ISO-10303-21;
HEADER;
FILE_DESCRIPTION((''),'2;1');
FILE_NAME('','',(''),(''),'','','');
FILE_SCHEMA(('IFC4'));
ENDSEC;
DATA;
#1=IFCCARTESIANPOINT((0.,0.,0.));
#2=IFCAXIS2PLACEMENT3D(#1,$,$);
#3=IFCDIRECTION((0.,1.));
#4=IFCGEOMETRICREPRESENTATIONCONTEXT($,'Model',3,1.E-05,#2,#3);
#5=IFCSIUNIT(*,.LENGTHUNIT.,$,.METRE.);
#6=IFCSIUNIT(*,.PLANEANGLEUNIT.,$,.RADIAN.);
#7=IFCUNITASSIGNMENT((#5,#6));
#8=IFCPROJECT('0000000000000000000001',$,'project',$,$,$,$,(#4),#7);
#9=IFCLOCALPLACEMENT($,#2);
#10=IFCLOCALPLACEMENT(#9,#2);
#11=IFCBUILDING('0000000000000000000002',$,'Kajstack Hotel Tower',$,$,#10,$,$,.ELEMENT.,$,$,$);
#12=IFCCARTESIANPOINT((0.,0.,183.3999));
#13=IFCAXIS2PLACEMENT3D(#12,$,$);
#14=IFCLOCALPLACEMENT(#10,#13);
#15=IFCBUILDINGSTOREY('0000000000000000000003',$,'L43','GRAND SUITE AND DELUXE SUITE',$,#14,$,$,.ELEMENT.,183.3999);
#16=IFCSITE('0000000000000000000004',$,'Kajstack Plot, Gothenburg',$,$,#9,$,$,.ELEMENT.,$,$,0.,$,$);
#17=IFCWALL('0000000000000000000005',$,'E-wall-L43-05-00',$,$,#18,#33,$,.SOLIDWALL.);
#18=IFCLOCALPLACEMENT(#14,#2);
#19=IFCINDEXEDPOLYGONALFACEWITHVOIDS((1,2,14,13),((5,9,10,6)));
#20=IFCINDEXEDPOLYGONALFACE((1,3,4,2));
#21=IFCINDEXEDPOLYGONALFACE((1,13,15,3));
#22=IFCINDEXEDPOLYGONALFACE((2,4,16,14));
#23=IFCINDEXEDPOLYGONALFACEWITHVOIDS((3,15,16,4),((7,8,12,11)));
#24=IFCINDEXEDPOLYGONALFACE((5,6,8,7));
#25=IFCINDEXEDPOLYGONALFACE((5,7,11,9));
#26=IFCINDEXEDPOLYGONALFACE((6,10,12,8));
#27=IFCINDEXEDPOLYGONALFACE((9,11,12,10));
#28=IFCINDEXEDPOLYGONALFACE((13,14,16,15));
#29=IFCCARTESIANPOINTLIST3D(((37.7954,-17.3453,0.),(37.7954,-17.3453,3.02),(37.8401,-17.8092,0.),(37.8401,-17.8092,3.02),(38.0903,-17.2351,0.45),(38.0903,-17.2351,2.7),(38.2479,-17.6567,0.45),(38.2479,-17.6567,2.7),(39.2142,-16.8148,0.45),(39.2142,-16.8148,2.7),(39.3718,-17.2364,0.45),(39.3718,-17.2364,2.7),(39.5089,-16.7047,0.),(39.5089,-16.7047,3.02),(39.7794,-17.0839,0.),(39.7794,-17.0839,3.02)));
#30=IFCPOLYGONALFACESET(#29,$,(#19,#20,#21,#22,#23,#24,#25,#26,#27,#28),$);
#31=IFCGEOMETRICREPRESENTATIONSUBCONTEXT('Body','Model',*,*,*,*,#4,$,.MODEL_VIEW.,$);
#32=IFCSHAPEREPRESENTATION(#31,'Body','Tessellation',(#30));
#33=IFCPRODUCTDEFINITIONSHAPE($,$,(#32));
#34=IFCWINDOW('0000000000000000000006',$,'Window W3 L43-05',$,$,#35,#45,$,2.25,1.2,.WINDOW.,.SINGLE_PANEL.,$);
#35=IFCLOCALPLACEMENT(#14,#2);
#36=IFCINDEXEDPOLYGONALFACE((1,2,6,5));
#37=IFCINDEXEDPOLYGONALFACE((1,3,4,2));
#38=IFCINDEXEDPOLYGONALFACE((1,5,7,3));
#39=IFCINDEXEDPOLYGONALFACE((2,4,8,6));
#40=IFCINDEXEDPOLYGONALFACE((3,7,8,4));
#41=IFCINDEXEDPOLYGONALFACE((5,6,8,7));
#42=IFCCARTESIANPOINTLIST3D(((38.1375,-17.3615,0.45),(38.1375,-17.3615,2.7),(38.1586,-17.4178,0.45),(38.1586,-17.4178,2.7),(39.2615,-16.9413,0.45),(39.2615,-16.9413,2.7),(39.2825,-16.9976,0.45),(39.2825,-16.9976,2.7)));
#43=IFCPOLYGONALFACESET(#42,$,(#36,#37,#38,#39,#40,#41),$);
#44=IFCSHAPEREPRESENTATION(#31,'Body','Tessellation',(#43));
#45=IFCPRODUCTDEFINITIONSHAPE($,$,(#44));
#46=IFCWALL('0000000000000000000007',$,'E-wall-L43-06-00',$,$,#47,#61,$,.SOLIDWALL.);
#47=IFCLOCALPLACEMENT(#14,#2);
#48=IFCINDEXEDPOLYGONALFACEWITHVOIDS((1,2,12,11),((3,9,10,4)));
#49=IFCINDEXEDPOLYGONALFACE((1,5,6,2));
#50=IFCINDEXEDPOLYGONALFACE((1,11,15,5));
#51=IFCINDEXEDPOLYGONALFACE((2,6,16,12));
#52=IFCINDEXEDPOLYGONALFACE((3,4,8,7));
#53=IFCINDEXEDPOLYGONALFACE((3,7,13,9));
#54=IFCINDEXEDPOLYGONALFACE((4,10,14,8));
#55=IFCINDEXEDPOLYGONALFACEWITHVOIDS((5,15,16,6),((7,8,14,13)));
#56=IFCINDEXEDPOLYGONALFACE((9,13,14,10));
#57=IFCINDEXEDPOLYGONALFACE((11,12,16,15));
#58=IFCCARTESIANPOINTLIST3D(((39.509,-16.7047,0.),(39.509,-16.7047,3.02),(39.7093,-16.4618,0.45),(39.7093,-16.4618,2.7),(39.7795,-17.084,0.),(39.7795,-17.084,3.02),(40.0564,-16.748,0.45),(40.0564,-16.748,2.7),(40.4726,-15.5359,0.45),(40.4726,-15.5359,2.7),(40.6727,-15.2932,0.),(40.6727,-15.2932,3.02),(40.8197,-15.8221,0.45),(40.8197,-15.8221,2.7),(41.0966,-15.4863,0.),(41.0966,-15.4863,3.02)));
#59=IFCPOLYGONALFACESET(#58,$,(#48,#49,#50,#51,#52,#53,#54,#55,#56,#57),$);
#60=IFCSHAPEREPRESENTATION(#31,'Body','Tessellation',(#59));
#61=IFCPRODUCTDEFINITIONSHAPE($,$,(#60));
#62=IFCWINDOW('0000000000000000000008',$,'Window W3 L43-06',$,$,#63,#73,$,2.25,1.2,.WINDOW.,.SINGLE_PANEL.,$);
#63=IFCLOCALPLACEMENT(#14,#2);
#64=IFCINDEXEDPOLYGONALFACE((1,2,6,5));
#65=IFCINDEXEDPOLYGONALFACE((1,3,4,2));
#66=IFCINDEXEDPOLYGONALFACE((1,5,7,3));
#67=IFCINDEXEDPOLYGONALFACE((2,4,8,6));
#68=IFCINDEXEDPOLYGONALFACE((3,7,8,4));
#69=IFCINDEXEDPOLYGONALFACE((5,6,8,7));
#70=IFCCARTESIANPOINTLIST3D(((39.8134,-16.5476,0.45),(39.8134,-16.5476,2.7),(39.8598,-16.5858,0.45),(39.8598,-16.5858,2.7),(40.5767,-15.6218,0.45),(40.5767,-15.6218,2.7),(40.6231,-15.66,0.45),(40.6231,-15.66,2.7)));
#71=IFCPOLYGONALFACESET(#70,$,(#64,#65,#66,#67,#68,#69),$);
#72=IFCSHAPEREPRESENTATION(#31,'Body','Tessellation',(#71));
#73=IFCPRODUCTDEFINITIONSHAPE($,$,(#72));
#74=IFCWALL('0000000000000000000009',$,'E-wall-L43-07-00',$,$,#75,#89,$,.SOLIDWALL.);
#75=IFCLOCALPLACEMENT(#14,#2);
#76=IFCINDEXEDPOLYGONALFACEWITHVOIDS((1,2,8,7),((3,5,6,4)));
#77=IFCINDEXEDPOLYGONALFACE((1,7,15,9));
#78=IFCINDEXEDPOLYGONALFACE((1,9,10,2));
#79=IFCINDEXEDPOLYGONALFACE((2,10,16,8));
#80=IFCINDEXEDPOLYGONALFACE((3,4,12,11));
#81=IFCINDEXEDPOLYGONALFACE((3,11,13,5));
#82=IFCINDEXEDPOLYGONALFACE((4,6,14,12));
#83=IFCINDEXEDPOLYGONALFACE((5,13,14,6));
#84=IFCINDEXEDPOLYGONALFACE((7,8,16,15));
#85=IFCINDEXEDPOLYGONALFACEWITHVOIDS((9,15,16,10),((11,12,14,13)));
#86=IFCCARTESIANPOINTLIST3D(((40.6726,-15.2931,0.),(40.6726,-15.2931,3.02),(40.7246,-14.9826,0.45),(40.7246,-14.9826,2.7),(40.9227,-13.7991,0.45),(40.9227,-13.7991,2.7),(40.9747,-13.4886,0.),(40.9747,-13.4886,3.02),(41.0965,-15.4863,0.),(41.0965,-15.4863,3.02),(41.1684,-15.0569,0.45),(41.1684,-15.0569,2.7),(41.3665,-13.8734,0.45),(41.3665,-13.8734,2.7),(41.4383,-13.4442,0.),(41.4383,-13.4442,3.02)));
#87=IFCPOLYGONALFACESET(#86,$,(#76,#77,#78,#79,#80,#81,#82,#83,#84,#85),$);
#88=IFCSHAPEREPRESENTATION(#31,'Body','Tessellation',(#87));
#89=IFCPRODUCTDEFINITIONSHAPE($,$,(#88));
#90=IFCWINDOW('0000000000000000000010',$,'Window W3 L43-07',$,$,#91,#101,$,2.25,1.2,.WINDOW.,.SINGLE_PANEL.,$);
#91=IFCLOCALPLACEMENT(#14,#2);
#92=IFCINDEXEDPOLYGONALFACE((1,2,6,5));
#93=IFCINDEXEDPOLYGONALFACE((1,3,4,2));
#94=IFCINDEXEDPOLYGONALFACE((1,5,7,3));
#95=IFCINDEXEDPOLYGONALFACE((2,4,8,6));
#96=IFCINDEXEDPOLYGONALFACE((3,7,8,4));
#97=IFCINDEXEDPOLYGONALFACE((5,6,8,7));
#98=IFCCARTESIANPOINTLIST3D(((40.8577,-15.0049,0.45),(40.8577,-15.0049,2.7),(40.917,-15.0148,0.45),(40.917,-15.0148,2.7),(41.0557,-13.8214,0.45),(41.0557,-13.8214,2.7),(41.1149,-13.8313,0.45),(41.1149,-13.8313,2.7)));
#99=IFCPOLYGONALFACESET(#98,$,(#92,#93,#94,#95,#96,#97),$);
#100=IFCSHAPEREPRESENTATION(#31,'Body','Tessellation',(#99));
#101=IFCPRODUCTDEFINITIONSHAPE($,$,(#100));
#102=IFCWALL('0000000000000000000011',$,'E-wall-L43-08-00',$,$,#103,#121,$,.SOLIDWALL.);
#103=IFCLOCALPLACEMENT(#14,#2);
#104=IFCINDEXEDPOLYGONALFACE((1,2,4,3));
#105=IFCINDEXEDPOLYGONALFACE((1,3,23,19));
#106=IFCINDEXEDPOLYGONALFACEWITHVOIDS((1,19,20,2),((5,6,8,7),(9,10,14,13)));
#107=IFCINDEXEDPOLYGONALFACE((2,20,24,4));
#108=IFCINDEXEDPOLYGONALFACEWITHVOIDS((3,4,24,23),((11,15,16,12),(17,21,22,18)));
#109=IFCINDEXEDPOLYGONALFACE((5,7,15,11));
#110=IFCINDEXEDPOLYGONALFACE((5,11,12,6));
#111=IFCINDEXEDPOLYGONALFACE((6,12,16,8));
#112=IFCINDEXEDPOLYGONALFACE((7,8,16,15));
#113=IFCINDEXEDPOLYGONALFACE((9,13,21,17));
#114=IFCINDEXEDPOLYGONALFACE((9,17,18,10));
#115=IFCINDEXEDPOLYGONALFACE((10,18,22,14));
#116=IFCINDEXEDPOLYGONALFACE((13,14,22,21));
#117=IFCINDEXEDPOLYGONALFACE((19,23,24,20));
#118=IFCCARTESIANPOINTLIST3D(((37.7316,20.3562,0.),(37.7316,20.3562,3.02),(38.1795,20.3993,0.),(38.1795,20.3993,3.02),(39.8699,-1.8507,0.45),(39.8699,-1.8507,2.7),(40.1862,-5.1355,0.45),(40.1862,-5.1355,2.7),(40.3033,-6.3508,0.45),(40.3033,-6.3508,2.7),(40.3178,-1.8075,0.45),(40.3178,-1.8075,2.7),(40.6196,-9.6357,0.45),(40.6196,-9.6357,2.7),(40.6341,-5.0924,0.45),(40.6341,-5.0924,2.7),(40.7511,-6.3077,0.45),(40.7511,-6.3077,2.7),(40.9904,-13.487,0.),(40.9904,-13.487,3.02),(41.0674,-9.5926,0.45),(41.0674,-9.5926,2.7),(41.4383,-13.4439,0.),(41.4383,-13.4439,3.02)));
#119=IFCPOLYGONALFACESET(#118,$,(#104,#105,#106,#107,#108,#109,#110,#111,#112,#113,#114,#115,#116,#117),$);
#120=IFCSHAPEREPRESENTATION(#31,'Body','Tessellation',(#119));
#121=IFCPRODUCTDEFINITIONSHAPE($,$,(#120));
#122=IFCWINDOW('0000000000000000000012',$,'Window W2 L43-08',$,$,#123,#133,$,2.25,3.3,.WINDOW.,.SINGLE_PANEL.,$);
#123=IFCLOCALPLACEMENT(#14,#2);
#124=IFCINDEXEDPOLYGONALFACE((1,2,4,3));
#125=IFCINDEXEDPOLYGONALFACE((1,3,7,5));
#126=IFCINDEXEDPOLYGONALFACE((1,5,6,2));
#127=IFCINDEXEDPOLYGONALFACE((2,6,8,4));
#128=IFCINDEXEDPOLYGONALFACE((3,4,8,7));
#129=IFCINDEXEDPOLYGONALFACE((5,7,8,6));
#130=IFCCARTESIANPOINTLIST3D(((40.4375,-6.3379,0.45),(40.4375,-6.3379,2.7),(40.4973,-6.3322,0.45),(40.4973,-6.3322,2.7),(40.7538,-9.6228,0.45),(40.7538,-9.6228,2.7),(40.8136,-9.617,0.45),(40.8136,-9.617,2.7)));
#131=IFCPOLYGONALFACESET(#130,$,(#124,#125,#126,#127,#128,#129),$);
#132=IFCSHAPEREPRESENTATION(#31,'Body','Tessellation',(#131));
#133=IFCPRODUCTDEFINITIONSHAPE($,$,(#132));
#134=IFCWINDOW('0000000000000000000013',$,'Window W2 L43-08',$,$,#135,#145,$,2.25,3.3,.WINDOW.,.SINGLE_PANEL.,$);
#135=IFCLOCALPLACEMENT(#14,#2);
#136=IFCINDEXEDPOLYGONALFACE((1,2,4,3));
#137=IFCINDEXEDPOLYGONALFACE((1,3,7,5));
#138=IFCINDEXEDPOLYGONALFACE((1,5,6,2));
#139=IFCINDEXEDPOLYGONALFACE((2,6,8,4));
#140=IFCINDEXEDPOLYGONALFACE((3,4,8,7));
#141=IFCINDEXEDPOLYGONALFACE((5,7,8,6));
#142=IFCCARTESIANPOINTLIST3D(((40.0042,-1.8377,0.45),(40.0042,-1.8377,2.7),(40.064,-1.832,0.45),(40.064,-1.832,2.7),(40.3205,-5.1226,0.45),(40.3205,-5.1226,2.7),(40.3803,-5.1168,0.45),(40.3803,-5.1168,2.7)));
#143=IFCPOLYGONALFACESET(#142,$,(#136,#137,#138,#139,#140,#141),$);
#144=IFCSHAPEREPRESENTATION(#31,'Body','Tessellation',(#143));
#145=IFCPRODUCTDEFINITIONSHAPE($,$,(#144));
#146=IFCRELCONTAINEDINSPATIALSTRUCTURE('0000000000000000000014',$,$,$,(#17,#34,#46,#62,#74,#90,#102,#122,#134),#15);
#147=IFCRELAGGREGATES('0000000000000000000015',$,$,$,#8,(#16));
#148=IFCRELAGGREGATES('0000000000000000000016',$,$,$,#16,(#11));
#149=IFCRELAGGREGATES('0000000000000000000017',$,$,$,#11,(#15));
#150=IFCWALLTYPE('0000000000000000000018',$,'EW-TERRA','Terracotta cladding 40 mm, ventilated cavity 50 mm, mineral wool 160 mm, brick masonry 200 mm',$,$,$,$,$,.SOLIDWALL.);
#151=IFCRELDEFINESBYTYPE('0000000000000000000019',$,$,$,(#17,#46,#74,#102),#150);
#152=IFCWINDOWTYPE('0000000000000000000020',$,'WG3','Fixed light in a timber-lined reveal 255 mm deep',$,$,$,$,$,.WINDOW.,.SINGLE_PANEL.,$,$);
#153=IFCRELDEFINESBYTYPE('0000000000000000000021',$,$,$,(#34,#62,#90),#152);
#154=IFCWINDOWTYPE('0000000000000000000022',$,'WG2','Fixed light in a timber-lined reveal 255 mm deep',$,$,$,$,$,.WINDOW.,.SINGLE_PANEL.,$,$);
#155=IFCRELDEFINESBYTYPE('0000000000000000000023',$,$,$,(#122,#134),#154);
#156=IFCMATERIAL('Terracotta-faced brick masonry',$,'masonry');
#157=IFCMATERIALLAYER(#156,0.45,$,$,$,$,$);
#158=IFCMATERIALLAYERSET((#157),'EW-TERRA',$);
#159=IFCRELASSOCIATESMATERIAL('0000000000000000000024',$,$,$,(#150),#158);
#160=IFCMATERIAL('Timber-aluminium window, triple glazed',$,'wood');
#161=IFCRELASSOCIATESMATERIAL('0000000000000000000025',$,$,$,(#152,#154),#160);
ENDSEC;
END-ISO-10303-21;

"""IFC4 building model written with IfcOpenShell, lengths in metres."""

from ifc_helpers import new_model, si_unit, direction, frame, frame_2d, origin, place, context, subcontext, project, spatial, polyline, rectangle, outline, extrude, material, layer, layer_set, type_object, element, fill, save


model = new_model("IFC4")

# Units and contexts
model_context = context("Model", 3, precision=1e-05, world=origin(), true_north=direction((0.0, 1.0)))
body_context = subcontext(model_context, "Body", "Model", "MODEL_VIEW")
ifc_project = project(units=[si_unit("LENGTHUNIT", "METRE"), si_unit("PLANEANGLEUNIT", "RADIAN")], contexts=[model_context])

# Site, building, storey
site_placement = place(None, origin())
site = spatial("IfcSite", under=ifc_project, at=site_placement, Name="Kajstack Plot, Gothenburg", CompositionType="ELEMENT", RefElevation=0.0)
building_placement = place(site_placement, origin())
building = spatial("IfcBuilding", under=site, at=building_placement, Name="Kajstack Hotel Tower", CompositionType="ELEMENT")
storey_placement = place(building_placement, frame((0.0, 0.0, 183.3999)))
storey = spatial("IfcBuildingStorey", under=building, at=storey_placement, Name="L43", Description="GRAND SUITE AND DELUXE SUITE", CompositionType="ELEMENT", Elevation=183.3999)

# Walls, openings, windows
ifc_material_1 = material(Name="Terracotta-faced brick masonry", Category="masonry")
ifc_layer_1 = layer(ifc_material_1, 0.45)
ifc_layer_set_1 = layer_set([ifc_layer_1], Name="EW-TERRA")
wall_type_1 = type_object("IfcWallType", Name="EW-TERRA", Description="Terracotta cladding 40 mm, ventilated cavity 50 mm, mineral wool 160 mm, brick masonry 200 mm", PredefinedType="SOLIDWALL", material=ifc_layer_set_1)
wall_1_placement = place(storey_placement, frame((37.7612, -17.5984, 0.0), z_axis=(0.0, 0.0, 1.0), x_axis=(0.936678, 0.350193, 0.0)))
wall_1 = element("IfcWall", 1, at=wall_1_placement, inside=storey, type_object=wall_type_1, Name="E-wall-L43-05-00", PredefinedType="SOLIDWALL", context=body_context, shape_type="SweptSolid", body=[
    extrude(outline(polyline([(0.0, -0.2251), (2.0706, -0.2249), (1.95, 0.2251), (0.1206, 0.2251), (0.0, -0.2251)])), origin(), (0.0, 0.0, 1.0), 3.02),
])
opening_1_placement = place(wall_1_placement, frame((0.4353, 0.0, 0.45)))
opening_1 = element("IfcOpeningElement", 2, at=opening_1_placement, cuts=wall_1, PredefinedType="OPENING", context=body_context, shape_type="SweptSolid", body=[
    extrude(rectangle(XDim=1.2, YDim=2.25, at=frame_2d((0.6001, 1.125))), frame((0.0, 0.2349, 0.0), z_axis=(0.0, -1.0, 0.0), x_axis=(1.0, 0.0, 0.0)), (0.0, 0.0, 1.0), 0.47),
])
ifc_material_2 = material(Name="Timber-aluminium window, triple glazed", Category="wood")
window_type_1 = type_object("IfcWindowType", Name="WG3", Description="Fixed light in a timber-lined reveal 255 mm deep", PartitioningType="SINGLE_PANEL", PredefinedType="WINDOW", material=ifc_material_2)
window_1_placement = place(opening_1_placement, origin())
window_1 = element("IfcWindow", 3, at=window_1_placement, inside=storey, type_object=window_type_1, Name="Window W3 L43-05", OverallHeight=2.25, OverallWidth=1.2, PartitioningType="SINGLE_PANEL", PredefinedType="WINDOW", context=body_context, shape_type="SweptSolid", body=[
    extrude(rectangle(XDim=1.2, YDim=2.25, at=frame_2d((0.6001, 1.125))), frame((0.0, 0.0901, 0.0), z_axis=(0.0, -1.0, 0.0), x_axis=(1.0, 0.0, 0.0)), (0.0, 0.0, 1.0), 0.0601),
])
fill(opening_1, window_1)
wall_2_placement = place(storey_placement, frame((39.606, -16.9409, 0.0), z_axis=(0.0, 0.0, 1.0), x_axis=(0.636116, 0.771593, 0.0)))
wall_2 = element("IfcWall", 4, at=wall_2_placement, inside=storey, type_object=wall_type_1, Name="E-wall-L43-06-00", PredefinedType="SOLIDWALL", context=body_context, shape_type="SweptSolid", body=[
    extrude(outline(polyline([(0.0, -0.2249), (2.0706, -0.2249), (1.95, 0.2251), (0.1206, 0.2251), (0.0, -0.2249)])), origin(), (0.0, 0.0, 1.0), 3.02),
])
opening_2_placement = place(wall_2_placement, frame((0.4353, 0.0, 0.45)))
opening_2 = element("IfcOpeningElement", 5, at=opening_2_placement, cuts=wall_2, PredefinedType="OPENING", context=body_context, shape_type="SweptSolid", body=[
    extrude(rectangle(XDim=1.2, YDim=2.25, at=frame_2d((0.6001, 1.125))), frame((0.0, 0.2349, 0.0), z_axis=(0.0, -1.0, 0.0), x_axis=(1.0, 0.0, 0.0)), (0.0, 0.0, 1.0), 0.47),
])
window_2_placement = place(opening_2_placement, origin())
window_2 = element("IfcWindow", 6, at=window_2_placement, inside=storey, type_object=window_type_1, Name="Window W3 L43-06", OverallHeight=2.25, OverallWidth=1.2, PartitioningType="SINGLE_PANEL", PredefinedType="WINDOW", context=body_context, shape_type="SweptSolid", body=[
    extrude(rectangle(XDim=1.2, YDim=2.25, at=frame_2d((0.6001, 1.125))), frame((0.0, 0.0901, 0.0), z_axis=(0.0, -1.0, 0.0), x_axis=(1.0, 0.0, 0.0)), (0.0, 0.0, 1.0), 0.0601),
])
fill(opening_2, window_2)
wall_3_placement = place(storey_placement, frame((40.8748, -15.4492, 0.0), z_axis=(0.0, 0.0, 1.0), x_axis=(0.164953, 0.986301, 0.0)))
wall_3 = element("IfcWall", 7, at=wall_3_placement, inside=storey, type_object=wall_type_1, Name="E-wall-L43-07-00", PredefinedType="SOLIDWALL", context=body_context, shape_type="SweptSolid", body=[
    extrude(outline(polyline([(0.0, -0.2249), (2.0706, -0.2251), (1.9502, 0.2249), (0.1206, 0.2251), (0.0, -0.2249)])), origin(), (0.0, 0.0, 1.0), 3.02),
])
opening_3_placement = place(wall_3_placement, frame((0.4353, 0.0, 0.45)))
opening_3 = element("IfcOpeningElement", 8, at=opening_3_placement, cuts=wall_3, PredefinedType="OPENING", context=body_context, shape_type="SweptSolid", body=[
    extrude(rectangle(XDim=1.2, YDim=2.25, at=frame_2d((0.6001, 1.125))), frame((0.0, 0.2349, 0.0), z_axis=(0.0, -1.0, 0.0), x_axis=(1.0, 0.0, 0.0)), (0.0, 0.0, 1.0), 0.47),
])
window_3_placement = place(opening_3_placement, origin())
window_3 = element("IfcWindow", 9, at=window_3_placement, inside=storey, type_object=window_type_1, Name="Window W3 L43-07", OverallHeight=2.25, OverallWidth=1.2, PartitioningType="SINGLE_PANEL", PredefinedType="WINDOW", context=body_context, shape_type="SweptSolid", body=[
    extrude(rectangle(XDim=1.2, YDim=2.25, at=frame_2d((0.6001, 1.125))), frame((0.0, 0.0901, 0.0), z_axis=(0.0, -1.0, 0.0), x_axis=(1.0, 0.0, 0.0)), (0.0, 0.0, 1.0), 0.0601),
])
fill(opening_3, window_3)

# Wall, openings, windows
wall_4_placement = place(storey_placement, frame((41.2144, -13.4656, 0.0), z_axis=(0.0, 0.0, 1.0), x_axis=(-0.095847, 0.995396, 0.0)))
wall_4 = element("IfcWall", 10, at=wall_4_placement, inside=storey, type_object=wall_type_1, Name="E-wall-L43-08-00", PredefinedType="SOLIDWALL", context=body_context, shape_type="SweptSolid", body=[
    extrude(rectangle(XDim=33.9998, YDim=0.45, at=frame_2d((17.0, 0.0))), origin(), (0.0, 0.0, 1.0), 3.02),
])
opening_4_placement = place(wall_4_placement, frame((3.8694, 0.0, 0.45)))
opening_4 = element("IfcOpeningElement", 11, at=opening_4_placement, cuts=wall_4, PredefinedType="OPENING", context=body_context, shape_type="SweptSolid", body=[
    extrude(rectangle(XDim=3.3, YDim=2.25, at=frame_2d((1.6499, 1.125))), frame((0.0, 0.2349, 0.0), z_axis=(0.0, -1.0, 0.0), x_axis=(1.0, 0.0, 0.0)), (0.0, 0.0, 1.0), 0.47),
])
opening_5_placement = place(wall_4_placement, frame((8.3904, 0.0, 0.45)))
opening_5 = element("IfcOpeningElement", 12, at=opening_5_placement, cuts=wall_4, PredefinedType="OPENING", context=body_context, shape_type="SweptSolid", body=[
    extrude(rectangle(XDim=3.3, YDim=2.25, at=frame_2d((1.6499, 1.125))), frame((0.0, 0.2349, 0.0), z_axis=(0.0, -1.0, 0.0), x_axis=(1.0, 0.0, 0.0)), (0.0, 0.0, 1.0), 0.47),
])
window_type_2 = type_object("IfcWindowType", Name="WG2", Description="Fixed light in a timber-lined reveal 255 mm deep", PartitioningType="SINGLE_PANEL", PredefinedType="WINDOW", material=ifc_material_2)
window_4_placement = place(opening_4_placement, origin())
window_4 = element("IfcWindow", 13, at=window_4_placement, inside=storey, type_object=window_type_2, Name="Window W2 L43-08", OverallHeight=2.25, OverallWidth=3.3, PartitioningType="SINGLE_PANEL", PredefinedType="WINDOW", context=body_context, shape_type="SweptSolid", body=[
    extrude(rectangle(XDim=3.3, YDim=2.25, at=frame_2d((1.6499, 1.125))), frame((0.0, 0.0901, 0.0), z_axis=(0.0, -1.0, 0.0), x_axis=(1.0, 0.0, 0.0)), (0.0, 0.0, 1.0), 0.0601),
])
fill(opening_4, window_4)
window_5_placement = place(opening_5_placement, origin())
window_5 = element("IfcWindow", 14, at=window_5_placement, inside=storey, type_object=window_type_2, Name="Window W2 L43-08", OverallHeight=2.25, OverallWidth=3.3, PartitioningType="SINGLE_PANEL", PredefinedType="WINDOW", context=body_context, shape_type="SweptSolid", body=[
    extrude(rectangle(XDim=3.3, YDim=2.25, at=frame_2d((1.6499, 1.125))), frame((0.0, 0.0901, 0.0), z_axis=(0.0, -1.0, 0.0), x_axis=(1.0, 0.0, 0.0)), (0.0, 0.0, 1.0), 0.0601),
])
fill(opening_5, window_5)

save(model, "model.ifc")
